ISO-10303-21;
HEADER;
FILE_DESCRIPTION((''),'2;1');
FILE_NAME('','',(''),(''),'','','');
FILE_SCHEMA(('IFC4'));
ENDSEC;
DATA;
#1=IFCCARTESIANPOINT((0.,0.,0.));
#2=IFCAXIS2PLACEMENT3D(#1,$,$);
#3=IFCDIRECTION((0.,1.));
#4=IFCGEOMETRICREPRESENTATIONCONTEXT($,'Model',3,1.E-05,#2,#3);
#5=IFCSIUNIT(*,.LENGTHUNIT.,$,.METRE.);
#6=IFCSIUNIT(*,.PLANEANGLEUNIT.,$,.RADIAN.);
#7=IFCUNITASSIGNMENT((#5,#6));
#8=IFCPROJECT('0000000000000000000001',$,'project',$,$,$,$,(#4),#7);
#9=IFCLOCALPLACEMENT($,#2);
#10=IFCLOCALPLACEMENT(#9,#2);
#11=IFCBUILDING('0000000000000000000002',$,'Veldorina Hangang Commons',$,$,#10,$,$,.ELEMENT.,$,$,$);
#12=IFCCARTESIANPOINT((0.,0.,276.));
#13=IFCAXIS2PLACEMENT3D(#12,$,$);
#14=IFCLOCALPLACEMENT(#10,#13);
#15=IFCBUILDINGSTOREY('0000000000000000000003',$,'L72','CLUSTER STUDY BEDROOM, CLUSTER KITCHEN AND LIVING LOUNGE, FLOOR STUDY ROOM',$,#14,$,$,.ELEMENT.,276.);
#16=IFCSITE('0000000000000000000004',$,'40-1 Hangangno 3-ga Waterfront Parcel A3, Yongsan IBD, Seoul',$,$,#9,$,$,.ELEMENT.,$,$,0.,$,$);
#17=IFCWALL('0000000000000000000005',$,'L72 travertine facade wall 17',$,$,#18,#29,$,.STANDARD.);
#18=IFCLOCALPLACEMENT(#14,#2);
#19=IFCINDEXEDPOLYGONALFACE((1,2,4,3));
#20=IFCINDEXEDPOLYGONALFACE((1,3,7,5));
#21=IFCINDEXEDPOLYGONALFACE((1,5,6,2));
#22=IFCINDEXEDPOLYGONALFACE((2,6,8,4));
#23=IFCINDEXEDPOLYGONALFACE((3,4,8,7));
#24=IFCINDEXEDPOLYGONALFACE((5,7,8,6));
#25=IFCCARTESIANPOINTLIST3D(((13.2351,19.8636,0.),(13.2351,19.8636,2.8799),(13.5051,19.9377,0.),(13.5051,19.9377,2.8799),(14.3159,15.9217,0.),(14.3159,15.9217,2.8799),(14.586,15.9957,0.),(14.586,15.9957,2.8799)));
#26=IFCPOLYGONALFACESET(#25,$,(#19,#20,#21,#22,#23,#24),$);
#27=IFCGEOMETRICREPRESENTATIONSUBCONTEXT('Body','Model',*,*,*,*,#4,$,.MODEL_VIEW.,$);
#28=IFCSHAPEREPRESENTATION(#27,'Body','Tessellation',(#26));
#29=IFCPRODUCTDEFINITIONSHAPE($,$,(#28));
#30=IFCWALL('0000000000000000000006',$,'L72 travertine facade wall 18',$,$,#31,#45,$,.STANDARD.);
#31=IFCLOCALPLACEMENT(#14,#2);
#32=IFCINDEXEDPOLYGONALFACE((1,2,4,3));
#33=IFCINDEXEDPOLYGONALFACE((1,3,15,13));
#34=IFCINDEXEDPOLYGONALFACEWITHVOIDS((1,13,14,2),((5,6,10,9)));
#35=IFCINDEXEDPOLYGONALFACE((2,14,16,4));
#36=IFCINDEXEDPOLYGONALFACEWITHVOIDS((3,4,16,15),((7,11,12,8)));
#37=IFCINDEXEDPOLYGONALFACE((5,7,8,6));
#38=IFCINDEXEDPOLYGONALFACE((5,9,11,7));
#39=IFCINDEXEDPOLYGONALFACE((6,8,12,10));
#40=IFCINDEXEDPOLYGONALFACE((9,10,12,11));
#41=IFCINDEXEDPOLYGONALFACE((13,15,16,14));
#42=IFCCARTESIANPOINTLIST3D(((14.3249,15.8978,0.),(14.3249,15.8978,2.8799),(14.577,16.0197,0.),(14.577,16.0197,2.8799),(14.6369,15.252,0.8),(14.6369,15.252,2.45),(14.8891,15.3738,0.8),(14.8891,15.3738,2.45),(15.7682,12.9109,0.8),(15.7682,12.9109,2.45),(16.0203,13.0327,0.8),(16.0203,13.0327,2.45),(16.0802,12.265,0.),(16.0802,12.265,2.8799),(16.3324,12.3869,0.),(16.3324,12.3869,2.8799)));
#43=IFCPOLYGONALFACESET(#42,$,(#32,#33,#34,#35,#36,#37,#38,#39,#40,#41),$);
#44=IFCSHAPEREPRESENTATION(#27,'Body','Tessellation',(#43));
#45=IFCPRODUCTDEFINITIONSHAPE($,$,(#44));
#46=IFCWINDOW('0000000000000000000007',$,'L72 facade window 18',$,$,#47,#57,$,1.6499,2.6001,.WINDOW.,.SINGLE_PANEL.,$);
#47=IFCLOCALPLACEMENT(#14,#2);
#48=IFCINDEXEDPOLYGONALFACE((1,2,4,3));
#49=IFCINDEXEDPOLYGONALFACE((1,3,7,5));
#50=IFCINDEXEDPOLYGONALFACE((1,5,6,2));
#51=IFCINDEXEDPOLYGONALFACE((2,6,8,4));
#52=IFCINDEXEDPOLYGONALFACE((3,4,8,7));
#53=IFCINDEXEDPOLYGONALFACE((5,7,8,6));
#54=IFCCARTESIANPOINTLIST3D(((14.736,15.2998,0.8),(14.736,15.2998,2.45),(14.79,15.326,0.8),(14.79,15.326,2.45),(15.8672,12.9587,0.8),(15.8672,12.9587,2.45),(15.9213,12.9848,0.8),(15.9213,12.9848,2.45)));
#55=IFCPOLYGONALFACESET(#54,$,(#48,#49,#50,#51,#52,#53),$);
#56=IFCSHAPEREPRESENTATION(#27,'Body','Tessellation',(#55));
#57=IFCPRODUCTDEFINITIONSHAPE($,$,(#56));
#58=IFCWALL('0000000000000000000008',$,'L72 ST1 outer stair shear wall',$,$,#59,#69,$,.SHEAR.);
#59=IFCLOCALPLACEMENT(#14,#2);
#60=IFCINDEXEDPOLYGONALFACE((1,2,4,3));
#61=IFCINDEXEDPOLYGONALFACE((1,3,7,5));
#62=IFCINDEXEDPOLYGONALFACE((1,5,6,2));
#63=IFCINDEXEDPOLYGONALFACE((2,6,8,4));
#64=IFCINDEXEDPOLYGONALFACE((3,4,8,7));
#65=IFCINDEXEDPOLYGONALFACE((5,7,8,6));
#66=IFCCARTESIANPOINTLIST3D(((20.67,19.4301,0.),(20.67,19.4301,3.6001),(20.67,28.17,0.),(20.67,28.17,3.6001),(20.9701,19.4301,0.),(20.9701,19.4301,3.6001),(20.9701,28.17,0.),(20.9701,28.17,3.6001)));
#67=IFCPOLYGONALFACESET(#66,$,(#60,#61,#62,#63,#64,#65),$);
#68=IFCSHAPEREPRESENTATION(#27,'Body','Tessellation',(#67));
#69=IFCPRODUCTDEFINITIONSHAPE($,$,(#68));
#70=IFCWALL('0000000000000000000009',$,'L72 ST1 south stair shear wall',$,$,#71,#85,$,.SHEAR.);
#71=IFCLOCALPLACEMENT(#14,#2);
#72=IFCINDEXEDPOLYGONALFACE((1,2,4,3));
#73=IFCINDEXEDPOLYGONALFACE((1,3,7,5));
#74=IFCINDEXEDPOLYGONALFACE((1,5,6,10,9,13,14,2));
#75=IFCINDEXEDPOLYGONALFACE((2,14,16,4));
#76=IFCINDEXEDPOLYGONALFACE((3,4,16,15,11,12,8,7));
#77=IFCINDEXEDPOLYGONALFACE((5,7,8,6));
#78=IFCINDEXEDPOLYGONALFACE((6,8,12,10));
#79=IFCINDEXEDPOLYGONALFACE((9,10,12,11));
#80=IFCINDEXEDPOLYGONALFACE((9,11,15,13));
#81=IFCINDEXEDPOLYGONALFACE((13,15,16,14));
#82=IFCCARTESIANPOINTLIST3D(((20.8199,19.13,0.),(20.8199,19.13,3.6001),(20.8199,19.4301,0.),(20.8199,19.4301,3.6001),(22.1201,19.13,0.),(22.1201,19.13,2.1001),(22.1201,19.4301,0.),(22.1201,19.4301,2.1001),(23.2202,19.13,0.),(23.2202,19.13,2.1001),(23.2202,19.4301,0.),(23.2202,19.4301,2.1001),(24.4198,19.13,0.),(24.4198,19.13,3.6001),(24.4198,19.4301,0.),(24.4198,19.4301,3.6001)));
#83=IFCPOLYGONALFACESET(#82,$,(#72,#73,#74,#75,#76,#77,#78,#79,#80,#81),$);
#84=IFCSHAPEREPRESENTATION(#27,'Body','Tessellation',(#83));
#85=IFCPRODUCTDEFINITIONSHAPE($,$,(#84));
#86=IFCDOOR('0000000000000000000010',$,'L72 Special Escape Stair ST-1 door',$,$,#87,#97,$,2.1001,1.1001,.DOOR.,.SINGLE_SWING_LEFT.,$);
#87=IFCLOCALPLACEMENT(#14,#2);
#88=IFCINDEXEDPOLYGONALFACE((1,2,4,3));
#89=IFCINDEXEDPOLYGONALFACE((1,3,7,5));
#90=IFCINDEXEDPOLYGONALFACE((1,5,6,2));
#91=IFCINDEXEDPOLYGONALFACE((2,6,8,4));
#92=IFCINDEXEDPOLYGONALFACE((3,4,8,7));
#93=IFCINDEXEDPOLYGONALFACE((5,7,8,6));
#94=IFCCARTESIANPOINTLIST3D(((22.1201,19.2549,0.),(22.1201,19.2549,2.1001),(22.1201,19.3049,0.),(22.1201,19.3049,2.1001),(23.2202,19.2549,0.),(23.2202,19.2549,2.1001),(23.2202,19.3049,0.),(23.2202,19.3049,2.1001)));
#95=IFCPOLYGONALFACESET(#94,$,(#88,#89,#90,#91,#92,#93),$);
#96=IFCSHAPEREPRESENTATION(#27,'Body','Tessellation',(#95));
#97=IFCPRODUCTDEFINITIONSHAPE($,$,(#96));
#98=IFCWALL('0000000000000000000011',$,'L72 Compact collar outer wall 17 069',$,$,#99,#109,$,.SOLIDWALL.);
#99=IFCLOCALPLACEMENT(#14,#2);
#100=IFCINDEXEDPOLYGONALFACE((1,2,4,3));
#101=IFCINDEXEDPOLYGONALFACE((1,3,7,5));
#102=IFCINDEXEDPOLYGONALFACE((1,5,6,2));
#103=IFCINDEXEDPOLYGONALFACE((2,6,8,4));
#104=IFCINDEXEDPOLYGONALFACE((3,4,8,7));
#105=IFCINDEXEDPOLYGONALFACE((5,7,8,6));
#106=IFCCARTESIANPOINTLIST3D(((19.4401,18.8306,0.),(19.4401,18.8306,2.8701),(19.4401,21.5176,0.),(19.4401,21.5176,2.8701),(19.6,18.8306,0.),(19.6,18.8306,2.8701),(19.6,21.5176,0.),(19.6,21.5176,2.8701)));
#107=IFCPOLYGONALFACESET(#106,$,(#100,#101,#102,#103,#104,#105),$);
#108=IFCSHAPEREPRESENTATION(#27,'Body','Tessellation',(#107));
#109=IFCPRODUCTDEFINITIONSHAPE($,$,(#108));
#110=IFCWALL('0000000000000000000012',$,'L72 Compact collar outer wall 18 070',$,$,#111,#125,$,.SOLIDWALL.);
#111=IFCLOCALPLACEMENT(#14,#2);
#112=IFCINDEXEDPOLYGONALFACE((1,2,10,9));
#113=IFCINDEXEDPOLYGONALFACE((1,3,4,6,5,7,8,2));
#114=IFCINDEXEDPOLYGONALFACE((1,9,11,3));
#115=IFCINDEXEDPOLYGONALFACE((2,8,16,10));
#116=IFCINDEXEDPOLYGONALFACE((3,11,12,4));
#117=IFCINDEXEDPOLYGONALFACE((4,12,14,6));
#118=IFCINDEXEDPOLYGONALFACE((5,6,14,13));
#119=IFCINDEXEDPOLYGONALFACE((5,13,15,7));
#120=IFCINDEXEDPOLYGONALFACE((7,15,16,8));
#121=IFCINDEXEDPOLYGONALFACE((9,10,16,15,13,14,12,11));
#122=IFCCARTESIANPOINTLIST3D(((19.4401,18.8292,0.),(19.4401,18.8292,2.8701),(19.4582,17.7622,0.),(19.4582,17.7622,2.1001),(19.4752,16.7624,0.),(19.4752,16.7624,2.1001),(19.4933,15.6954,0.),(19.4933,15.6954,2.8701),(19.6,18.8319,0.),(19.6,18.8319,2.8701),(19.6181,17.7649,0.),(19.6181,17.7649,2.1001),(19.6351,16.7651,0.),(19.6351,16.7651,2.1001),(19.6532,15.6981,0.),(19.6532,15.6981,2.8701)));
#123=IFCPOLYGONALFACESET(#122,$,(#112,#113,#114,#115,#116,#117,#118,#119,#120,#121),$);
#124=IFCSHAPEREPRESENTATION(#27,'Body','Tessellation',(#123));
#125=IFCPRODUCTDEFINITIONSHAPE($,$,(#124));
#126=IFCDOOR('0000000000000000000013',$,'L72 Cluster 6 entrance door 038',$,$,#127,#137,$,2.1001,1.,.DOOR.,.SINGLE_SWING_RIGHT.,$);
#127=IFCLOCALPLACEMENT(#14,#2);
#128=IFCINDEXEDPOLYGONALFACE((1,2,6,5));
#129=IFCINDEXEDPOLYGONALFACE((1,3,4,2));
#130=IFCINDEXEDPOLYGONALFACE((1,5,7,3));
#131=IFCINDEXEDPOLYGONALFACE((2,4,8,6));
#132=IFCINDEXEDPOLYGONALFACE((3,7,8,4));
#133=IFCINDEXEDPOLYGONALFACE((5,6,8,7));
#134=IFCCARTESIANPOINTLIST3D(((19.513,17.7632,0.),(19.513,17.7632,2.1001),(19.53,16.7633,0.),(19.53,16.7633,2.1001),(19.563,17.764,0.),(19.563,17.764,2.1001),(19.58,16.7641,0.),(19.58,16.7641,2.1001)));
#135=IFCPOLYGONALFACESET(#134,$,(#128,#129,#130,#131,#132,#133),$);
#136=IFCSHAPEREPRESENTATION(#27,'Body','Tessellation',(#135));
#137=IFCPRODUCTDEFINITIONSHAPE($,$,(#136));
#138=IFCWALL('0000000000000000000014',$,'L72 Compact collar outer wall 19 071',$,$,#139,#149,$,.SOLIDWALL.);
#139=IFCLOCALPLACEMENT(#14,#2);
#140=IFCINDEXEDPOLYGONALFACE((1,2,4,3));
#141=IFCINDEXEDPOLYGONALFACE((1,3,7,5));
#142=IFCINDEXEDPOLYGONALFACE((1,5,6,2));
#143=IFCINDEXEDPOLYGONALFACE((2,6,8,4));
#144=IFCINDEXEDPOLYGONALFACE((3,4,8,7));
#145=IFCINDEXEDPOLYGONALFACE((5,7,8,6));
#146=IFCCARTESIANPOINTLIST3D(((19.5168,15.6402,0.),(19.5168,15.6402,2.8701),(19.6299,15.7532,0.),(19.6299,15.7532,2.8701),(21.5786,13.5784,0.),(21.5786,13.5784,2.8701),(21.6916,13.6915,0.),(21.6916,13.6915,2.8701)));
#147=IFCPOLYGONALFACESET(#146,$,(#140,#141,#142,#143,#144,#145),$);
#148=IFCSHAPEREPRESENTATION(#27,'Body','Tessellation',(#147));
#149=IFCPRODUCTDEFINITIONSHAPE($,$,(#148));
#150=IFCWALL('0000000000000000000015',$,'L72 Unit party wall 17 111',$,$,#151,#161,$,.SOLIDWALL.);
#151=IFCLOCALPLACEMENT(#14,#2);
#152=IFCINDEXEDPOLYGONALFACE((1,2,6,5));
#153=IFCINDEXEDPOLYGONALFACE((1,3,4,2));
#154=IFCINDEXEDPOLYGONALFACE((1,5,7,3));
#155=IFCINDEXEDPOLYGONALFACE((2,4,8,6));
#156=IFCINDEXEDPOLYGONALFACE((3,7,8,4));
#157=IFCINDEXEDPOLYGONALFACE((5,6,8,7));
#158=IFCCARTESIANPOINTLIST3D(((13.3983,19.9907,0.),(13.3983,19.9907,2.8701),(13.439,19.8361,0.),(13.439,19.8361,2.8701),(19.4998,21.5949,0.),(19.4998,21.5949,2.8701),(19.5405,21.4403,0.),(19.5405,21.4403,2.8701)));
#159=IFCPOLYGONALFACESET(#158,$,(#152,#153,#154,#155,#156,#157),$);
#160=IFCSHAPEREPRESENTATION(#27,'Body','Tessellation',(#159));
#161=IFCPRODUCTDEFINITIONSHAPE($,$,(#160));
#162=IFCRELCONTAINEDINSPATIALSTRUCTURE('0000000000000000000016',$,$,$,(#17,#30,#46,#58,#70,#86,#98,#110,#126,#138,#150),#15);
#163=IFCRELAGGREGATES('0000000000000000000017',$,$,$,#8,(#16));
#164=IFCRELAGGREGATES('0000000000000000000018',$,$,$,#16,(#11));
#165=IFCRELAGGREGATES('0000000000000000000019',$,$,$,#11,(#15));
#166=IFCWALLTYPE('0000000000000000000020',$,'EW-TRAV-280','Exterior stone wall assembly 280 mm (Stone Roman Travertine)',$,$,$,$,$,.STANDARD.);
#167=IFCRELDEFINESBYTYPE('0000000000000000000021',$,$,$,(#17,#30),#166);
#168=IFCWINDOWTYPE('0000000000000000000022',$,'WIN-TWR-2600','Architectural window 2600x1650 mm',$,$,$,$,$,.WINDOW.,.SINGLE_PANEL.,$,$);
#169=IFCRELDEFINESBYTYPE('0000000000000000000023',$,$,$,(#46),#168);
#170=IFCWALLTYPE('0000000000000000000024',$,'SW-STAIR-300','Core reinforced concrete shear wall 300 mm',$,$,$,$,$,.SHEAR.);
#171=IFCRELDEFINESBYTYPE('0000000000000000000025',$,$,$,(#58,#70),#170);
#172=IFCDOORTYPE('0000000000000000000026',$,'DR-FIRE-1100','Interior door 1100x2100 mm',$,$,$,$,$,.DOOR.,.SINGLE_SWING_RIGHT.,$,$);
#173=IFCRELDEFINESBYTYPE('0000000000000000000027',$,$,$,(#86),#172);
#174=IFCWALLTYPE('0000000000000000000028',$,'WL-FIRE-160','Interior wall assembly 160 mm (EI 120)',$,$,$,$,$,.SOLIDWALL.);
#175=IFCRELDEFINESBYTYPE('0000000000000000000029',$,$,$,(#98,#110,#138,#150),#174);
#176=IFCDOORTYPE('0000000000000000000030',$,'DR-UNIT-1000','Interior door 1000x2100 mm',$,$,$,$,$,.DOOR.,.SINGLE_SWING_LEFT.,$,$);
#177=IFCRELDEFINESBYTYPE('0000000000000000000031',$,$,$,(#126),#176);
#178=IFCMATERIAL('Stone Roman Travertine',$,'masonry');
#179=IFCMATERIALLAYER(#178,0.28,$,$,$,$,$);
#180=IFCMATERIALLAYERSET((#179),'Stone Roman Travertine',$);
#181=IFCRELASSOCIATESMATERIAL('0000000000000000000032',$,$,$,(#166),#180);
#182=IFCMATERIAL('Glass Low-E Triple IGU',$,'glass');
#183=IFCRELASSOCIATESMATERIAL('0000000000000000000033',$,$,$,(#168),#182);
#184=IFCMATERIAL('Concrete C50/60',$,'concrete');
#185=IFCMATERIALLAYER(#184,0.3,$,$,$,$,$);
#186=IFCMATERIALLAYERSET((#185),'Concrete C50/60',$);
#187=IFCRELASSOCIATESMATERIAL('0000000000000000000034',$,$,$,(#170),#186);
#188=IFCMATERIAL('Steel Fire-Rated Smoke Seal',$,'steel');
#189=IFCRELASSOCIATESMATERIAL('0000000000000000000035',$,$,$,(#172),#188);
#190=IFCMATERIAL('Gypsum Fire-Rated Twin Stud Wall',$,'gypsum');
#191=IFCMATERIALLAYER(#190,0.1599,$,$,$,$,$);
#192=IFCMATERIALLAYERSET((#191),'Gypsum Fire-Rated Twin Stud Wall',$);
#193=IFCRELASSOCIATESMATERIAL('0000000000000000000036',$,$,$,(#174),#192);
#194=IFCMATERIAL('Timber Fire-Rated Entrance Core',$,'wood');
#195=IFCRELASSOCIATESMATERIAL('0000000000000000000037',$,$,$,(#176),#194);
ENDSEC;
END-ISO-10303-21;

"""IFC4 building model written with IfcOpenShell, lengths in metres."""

from ifc_helpers import new_model, si_unit, direction, frame, frame_2d, origin, place, context, subcontext, project, spatial, rectangle, extrude, material, layer, layer_set, type_object, element, fill, save


model = new_model("IFC4")

# Units and contexts
model_context = context("Model", 3, precision=1e-05, world=origin(), true_north=direction((0.0, 1.0)))
body_context = subcontext(model_context, "Body", "Model", "MODEL_VIEW")
ifc_project = project(units=[si_unit("LENGTHUNIT", "METRE"), si_unit("PLANEANGLEUNIT", "RADIAN")], contexts=[model_context])

# Site, building, storey
site_placement = place(None, origin())
site = spatial("IfcSite", under=ifc_project, at=site_placement, Name="40-1 Hangangno 3-ga Waterfront Parcel A3, Yongsan IBD, Seoul", CompositionType="ELEMENT", RefElevation=0.0)
building_placement = place(site_placement, origin())
building = spatial("IfcBuilding", under=site, at=building_placement, Name="Veldorina Hangang Commons", CompositionType="ELEMENT")
storey_placement = place(building_placement, frame((0.0, 0.0, 276.0)))
storey = spatial("IfcBuildingStorey", under=building, at=storey_placement, Name="L72", Description="CLUSTER STUDY BEDROOM, CLUSTER KITCHEN AND LIVING LOUNGE, FLOOR STUDY ROOM", CompositionType="ELEMENT", Elevation=276.0)

# Wall
ifc_material_1 = material(Name="Stone Roman Travertine", Category="masonry")
ifc_layer_1 = layer(ifc_material_1, 0.28)
ifc_layer_set_1 = layer_set([ifc_layer_1], Name="Stone Roman Travertine")
wall_type_1 = type_object("IfcWallType", Name="EW-TRAV-280", Description="Exterior stone wall assembly 280 mm (Stone Roman Travertine)", PredefinedType="STANDARD", material=ifc_layer_set_1)
wall_1_placement = place(storey_placement, frame((13.3701, 19.9006, 0.0), z_axis=(0.0, 0.0, 1.0), x_axis=(0.264426, -0.964406, 0.0)))
element("IfcWall", 1, at=wall_1_placement, inside=storey, type_object=wall_type_1, Name="L72 travertine facade wall 17", PredefinedType="STANDARD", context=body_context, shape_type="SweptSolid", body=[
    extrude(rectangle(XDim=4.0874, YDim=0.28, at=frame_2d((2.0437, 0.0))), origin(), (0.0, 0.0, 1.0), 2.8799),
])

# Wall, opening, window
wall_2_placement = place(storey_placement, frame((14.4509, 15.9587, 0.0), z_axis=(0.0, 0.0, 1.0), x_axis=(0.435071, -0.900396, 0.0)))
wall_2 = element("IfcWall", 2, at=wall_2_placement, inside=storey, type_object=wall_type_1, Name="L72 travertine facade wall 18", PredefinedType="STANDARD", context=body_context, shape_type="SweptSolid", body=[
    extrude(rectangle(XDim=4.0347, YDim=0.28, at=frame_2d((2.0173, 0.0))), origin(), (0.0, 0.0, 1.0), 2.8799),
])
opening_1_placement = place(wall_2_placement, frame((0.7173, 0.0, 0.8)))
opening_1 = element("IfcOpeningElement", 3, at=opening_1_placement, cuts=wall_2, PredefinedType="OPENING", context=body_context, shape_type="SweptSolid", body=[
    extrude(rectangle(XDim=2.6001, YDim=1.6499, at=frame_2d((1.3, 0.825))), frame((0.0, 0.1499, 0.0), z_axis=(0.0, -1.0, 0.0), x_axis=(1.0, 0.0, 0.0)), (0.0, 0.0, 1.0), 0.3),
])
ifc_material_2 = material(Name="Glass Low-E Triple IGU", Category="glass")
window_type = type_object("IfcWindowType", Name="WIN-TWR-2600", Description="Architectural window 2600x1650 mm", PartitioningType="SINGLE_PANEL", PredefinedType="WINDOW", material=ifc_material_2)
window_placement = place(opening_1_placement, origin())
window = element("IfcWindow", 4, at=window_placement, inside=storey, type_object=window_type, Name="L72 facade window 18", OverallHeight=1.6499, OverallWidth=2.6001, PartitioningType="SINGLE_PANEL", PredefinedType="WINDOW", context=body_context, shape_type="SweptSolid", body=[
    extrude(rectangle(XDim=2.6001, YDim=1.6499, at=frame_2d((1.3, 0.825))), frame((0.0, 0.03, 0.0), z_axis=(0.0, -1.0, 0.0), x_axis=(1.0, 0.0, 0.0)), (0.0, 0.0, 1.0), 0.0601),
])
fill(opening_1, window)

# Wall
ifc_material_3 = material(Name="Concrete C50/60", Category="concrete")
ifc_layer_2 = layer(ifc_material_3, 0.3)
ifc_layer_set_2 = layer_set([ifc_layer_2], Name="Concrete C50/60")
wall_type_2 = type_object("IfcWallType", Name="SW-STAIR-300", Description="Core reinforced concrete shear wall 300 mm", PredefinedType="SHEAR", material=ifc_layer_set_2)
wall_3_placement = place(storey_placement, frame((20.8201, 19.4299, 0.0), z_axis=(0.0, 0.0, 1.0), x_axis=(0.0, 1.0, 0.0)))
element("IfcWall", 5, at=wall_3_placement, inside=storey, type_object=wall_type_2, Name="L72 ST1 outer stair shear wall", PredefinedType="SHEAR", context=body_context, shape_type="SweptSolid", body=[
    extrude(rectangle(XDim=8.74, YDim=0.3, at=frame_2d((4.3701, 0.0))), origin(), (0.0, 0.0, 1.0), 3.6001),
])

# Wall, opening, door
wall_4_placement = place(storey_placement, frame((20.8201, 19.28, 0.0), z_axis=(0.0, 0.0, 1.0), x_axis=(1.0, 0.0, 0.0)))
wall_4 = element("IfcWall", 6, at=wall_4_placement, inside=storey, type_object=wall_type_2, Name="L72 ST1 south stair shear wall", PredefinedType="SHEAR", context=body_context, shape_type="SweptSolid", body=[
    extrude(rectangle(XDim=3.5999, YDim=0.3, at=frame_2d((1.7998, 0.0))), origin(), (0.0, 0.0, 1.0), 3.6001),
])
opening_2_placement = place(wall_4_placement, frame((1.3, 0.0, 0.0)))
opening_2 = element("IfcOpeningElement", 7, at=opening_2_placement, cuts=wall_4, PredefinedType="OPENING", context=body_context, shape_type="SweptSolid", body=[
    extrude(rectangle(XDim=1.1001, YDim=2.1001, at=frame_2d((0.55, 1.05))), frame((0.0, 0.1602, 0.0), z_axis=(0.0, -1.0, 0.0), x_axis=(1.0, 0.0, 0.0)), (0.0, 0.0, 1.0), 0.3201),
])
ifc_material_4 = material(Name="Steel Fire-Rated Smoke Seal", Category="steel")
door_type_1 = type_object("IfcDoorType", Name="DR-FIRE-1100", Description="Interior door 1100x2100 mm", OperationType="SINGLE_SWING_RIGHT", PredefinedType="DOOR", material=ifc_material_4)
door_1_placement = place(opening_2_placement, origin())
door_1 = element("IfcDoor", 8, at=door_1_placement, inside=storey, type_object=door_type_1, Name="L72 Special Escape Stair ST-1 door", OperationType="SINGLE_SWING_LEFT", OverallHeight=2.1001, OverallWidth=1.1001, PredefinedType="DOOR", context=body_context, shape_type="SweptSolid", body=[
    extrude(rectangle(XDim=1.1001, YDim=2.1001, at=frame_2d((0.55, 1.05))), frame((0.0, 0.0249, 0.0), z_axis=(0.0, -1.0, 0.0), x_axis=(1.0, 0.0, 0.0)), (0.0, 0.0, 1.0), 0.05),
])
fill(opening_2, door_1)

# Wall
ifc_material_5 = material(Name="Gypsum Fire-Rated Twin Stud Wall", Category="gypsum")
ifc_layer_3 = layer(ifc_material_5, 0.1599)
ifc_layer_set_3 = layer_set([ifc_layer_3], Name="Gypsum Fire-Rated Twin Stud Wall")
wall_type_3 = type_object("IfcWallType", Name="WL-FIRE-160", Description="Interior wall assembly 160 mm (EI 120)", PredefinedType="SOLIDWALL", material=ifc_layer_set_3)
wall_5_placement = place(storey_placement, frame((19.52, 21.5176, 0.0), z_axis=(0.0, 0.0, 1.0), x_axis=(0.0, -1.0, 0.0)))
element("IfcWall", 9, at=wall_5_placement, inside=storey, type_object=wall_type_3, Name="L72 Compact collar outer wall 17 069", PredefinedType="SOLIDWALL", context=body_context, shape_type="SweptSolid", body=[
    extrude(rectangle(XDim=2.687, YDim=0.1599, at=frame_2d((1.3435, 0.0))), origin(), (0.0, 0.0, 1.0), 2.8701),
])

# Wall, opening, door
wall_6_placement = place(storey_placement, frame((19.52, 18.8306, 0.0), z_axis=(0.0, 0.0, 1.0), x_axis=(0.016981, -0.999856, 0.0)))
wall_6 = element("IfcWall", 10, at=wall_6_placement, inside=storey, type_object=wall_type_3, Name="L72 Compact collar outer wall 18 070", PredefinedType="SOLIDWALL", context=body_context, shape_type="SweptSolid", body=[
    extrude(rectangle(XDim=3.1343, YDim=0.1599, at=frame_2d((1.5671, 0.0))), origin(), (0.0, 0.0, 1.0), 2.8701),
])
opening_3_placement = place(wall_6_placement, frame((1.0671, 0.0, 0.0)))
opening_3 = element("IfcOpeningElement", 11, at=opening_3_placement, cuts=wall_6, PredefinedType="OPENING", context=body_context, shape_type="SweptSolid", body=[
    extrude(rectangle(XDim=1.0, YDim=2.1001, at=frame_2d((0.5, 1.05))), frame((0.0, 0.0898, 0.0), z_axis=(0.0, -1.0, 0.0), x_axis=(1.0, 0.0, 0.0)), (0.0, 0.0, 1.0), 0.1799),
])
ifc_material_6 = material(Name="Timber Fire-Rated Entrance Core", Category="wood")
door_type_2 = type_object("IfcDoorType", Name="DR-UNIT-1000", Description="Interior door 1000x2100 mm", OperationType="SINGLE_SWING_LEFT", PredefinedType="DOOR", material=ifc_material_6)
door_2_placement = place(opening_3_placement, origin())
door_2 = element("IfcDoor", 12, at=door_2_placement, inside=storey, type_object=door_type_2, Name="L72 Cluster 6 entrance door 038", OperationType="SINGLE_SWING_RIGHT", OverallHeight=2.1001, OverallWidth=1.0, PredefinedType="DOOR", context=body_context, shape_type="SweptSolid", body=[
    extrude(rectangle(XDim=1.0, YDim=2.1001, at=frame_2d((0.5, 1.05))), frame((0.0, 0.0249, 0.0), z_axis=(0.0, -1.0, 0.0), x_axis=(1.0, 0.0, 0.0)), (0.0, 0.0, 1.0), 0.05),
])
fill(opening_3, door_2)

# Walls
wall_7_placement = place(storey_placement, frame((19.5732, 15.6968, 0.0), z_axis=(0.0, 0.0, 1.0), x_axis=(0.707107, -0.707107, 0.0)))
element("IfcWall", 13, at=wall_7_placement, inside=storey, type_object=wall_type_3, Name="L72 Compact collar outer wall 19 071", PredefinedType="SOLIDWALL", context=body_context, shape_type="SweptSolid", body=[
    extrude(rectangle(XDim=2.9158, YDim=0.1599, at=frame_2d((1.458, 0.0))), origin(), (0.0, 0.0, 1.0), 2.8701),
])
wall_8_placement = place(storey_placement, frame((19.52, 21.5176, 0.0), z_axis=(0.0, 0.0, 1.0), x_axis=(-0.96713, -0.254282, 0.0)))
element("IfcWall", 14, at=wall_8_placement, inside=storey, type_object=wall_type_3, Name="L72 Unit party wall 17 111", PredefinedType="SOLIDWALL", context=body_context, shape_type="SweptSolid", body=[
    extrude(rectangle(XDim=6.3088, YDim=0.1599, at=frame_2d((3.1543, 0.0))), origin(), (0.0, 0.0, 1.0), 2.8701),
])

save(model, "model.ifc")
